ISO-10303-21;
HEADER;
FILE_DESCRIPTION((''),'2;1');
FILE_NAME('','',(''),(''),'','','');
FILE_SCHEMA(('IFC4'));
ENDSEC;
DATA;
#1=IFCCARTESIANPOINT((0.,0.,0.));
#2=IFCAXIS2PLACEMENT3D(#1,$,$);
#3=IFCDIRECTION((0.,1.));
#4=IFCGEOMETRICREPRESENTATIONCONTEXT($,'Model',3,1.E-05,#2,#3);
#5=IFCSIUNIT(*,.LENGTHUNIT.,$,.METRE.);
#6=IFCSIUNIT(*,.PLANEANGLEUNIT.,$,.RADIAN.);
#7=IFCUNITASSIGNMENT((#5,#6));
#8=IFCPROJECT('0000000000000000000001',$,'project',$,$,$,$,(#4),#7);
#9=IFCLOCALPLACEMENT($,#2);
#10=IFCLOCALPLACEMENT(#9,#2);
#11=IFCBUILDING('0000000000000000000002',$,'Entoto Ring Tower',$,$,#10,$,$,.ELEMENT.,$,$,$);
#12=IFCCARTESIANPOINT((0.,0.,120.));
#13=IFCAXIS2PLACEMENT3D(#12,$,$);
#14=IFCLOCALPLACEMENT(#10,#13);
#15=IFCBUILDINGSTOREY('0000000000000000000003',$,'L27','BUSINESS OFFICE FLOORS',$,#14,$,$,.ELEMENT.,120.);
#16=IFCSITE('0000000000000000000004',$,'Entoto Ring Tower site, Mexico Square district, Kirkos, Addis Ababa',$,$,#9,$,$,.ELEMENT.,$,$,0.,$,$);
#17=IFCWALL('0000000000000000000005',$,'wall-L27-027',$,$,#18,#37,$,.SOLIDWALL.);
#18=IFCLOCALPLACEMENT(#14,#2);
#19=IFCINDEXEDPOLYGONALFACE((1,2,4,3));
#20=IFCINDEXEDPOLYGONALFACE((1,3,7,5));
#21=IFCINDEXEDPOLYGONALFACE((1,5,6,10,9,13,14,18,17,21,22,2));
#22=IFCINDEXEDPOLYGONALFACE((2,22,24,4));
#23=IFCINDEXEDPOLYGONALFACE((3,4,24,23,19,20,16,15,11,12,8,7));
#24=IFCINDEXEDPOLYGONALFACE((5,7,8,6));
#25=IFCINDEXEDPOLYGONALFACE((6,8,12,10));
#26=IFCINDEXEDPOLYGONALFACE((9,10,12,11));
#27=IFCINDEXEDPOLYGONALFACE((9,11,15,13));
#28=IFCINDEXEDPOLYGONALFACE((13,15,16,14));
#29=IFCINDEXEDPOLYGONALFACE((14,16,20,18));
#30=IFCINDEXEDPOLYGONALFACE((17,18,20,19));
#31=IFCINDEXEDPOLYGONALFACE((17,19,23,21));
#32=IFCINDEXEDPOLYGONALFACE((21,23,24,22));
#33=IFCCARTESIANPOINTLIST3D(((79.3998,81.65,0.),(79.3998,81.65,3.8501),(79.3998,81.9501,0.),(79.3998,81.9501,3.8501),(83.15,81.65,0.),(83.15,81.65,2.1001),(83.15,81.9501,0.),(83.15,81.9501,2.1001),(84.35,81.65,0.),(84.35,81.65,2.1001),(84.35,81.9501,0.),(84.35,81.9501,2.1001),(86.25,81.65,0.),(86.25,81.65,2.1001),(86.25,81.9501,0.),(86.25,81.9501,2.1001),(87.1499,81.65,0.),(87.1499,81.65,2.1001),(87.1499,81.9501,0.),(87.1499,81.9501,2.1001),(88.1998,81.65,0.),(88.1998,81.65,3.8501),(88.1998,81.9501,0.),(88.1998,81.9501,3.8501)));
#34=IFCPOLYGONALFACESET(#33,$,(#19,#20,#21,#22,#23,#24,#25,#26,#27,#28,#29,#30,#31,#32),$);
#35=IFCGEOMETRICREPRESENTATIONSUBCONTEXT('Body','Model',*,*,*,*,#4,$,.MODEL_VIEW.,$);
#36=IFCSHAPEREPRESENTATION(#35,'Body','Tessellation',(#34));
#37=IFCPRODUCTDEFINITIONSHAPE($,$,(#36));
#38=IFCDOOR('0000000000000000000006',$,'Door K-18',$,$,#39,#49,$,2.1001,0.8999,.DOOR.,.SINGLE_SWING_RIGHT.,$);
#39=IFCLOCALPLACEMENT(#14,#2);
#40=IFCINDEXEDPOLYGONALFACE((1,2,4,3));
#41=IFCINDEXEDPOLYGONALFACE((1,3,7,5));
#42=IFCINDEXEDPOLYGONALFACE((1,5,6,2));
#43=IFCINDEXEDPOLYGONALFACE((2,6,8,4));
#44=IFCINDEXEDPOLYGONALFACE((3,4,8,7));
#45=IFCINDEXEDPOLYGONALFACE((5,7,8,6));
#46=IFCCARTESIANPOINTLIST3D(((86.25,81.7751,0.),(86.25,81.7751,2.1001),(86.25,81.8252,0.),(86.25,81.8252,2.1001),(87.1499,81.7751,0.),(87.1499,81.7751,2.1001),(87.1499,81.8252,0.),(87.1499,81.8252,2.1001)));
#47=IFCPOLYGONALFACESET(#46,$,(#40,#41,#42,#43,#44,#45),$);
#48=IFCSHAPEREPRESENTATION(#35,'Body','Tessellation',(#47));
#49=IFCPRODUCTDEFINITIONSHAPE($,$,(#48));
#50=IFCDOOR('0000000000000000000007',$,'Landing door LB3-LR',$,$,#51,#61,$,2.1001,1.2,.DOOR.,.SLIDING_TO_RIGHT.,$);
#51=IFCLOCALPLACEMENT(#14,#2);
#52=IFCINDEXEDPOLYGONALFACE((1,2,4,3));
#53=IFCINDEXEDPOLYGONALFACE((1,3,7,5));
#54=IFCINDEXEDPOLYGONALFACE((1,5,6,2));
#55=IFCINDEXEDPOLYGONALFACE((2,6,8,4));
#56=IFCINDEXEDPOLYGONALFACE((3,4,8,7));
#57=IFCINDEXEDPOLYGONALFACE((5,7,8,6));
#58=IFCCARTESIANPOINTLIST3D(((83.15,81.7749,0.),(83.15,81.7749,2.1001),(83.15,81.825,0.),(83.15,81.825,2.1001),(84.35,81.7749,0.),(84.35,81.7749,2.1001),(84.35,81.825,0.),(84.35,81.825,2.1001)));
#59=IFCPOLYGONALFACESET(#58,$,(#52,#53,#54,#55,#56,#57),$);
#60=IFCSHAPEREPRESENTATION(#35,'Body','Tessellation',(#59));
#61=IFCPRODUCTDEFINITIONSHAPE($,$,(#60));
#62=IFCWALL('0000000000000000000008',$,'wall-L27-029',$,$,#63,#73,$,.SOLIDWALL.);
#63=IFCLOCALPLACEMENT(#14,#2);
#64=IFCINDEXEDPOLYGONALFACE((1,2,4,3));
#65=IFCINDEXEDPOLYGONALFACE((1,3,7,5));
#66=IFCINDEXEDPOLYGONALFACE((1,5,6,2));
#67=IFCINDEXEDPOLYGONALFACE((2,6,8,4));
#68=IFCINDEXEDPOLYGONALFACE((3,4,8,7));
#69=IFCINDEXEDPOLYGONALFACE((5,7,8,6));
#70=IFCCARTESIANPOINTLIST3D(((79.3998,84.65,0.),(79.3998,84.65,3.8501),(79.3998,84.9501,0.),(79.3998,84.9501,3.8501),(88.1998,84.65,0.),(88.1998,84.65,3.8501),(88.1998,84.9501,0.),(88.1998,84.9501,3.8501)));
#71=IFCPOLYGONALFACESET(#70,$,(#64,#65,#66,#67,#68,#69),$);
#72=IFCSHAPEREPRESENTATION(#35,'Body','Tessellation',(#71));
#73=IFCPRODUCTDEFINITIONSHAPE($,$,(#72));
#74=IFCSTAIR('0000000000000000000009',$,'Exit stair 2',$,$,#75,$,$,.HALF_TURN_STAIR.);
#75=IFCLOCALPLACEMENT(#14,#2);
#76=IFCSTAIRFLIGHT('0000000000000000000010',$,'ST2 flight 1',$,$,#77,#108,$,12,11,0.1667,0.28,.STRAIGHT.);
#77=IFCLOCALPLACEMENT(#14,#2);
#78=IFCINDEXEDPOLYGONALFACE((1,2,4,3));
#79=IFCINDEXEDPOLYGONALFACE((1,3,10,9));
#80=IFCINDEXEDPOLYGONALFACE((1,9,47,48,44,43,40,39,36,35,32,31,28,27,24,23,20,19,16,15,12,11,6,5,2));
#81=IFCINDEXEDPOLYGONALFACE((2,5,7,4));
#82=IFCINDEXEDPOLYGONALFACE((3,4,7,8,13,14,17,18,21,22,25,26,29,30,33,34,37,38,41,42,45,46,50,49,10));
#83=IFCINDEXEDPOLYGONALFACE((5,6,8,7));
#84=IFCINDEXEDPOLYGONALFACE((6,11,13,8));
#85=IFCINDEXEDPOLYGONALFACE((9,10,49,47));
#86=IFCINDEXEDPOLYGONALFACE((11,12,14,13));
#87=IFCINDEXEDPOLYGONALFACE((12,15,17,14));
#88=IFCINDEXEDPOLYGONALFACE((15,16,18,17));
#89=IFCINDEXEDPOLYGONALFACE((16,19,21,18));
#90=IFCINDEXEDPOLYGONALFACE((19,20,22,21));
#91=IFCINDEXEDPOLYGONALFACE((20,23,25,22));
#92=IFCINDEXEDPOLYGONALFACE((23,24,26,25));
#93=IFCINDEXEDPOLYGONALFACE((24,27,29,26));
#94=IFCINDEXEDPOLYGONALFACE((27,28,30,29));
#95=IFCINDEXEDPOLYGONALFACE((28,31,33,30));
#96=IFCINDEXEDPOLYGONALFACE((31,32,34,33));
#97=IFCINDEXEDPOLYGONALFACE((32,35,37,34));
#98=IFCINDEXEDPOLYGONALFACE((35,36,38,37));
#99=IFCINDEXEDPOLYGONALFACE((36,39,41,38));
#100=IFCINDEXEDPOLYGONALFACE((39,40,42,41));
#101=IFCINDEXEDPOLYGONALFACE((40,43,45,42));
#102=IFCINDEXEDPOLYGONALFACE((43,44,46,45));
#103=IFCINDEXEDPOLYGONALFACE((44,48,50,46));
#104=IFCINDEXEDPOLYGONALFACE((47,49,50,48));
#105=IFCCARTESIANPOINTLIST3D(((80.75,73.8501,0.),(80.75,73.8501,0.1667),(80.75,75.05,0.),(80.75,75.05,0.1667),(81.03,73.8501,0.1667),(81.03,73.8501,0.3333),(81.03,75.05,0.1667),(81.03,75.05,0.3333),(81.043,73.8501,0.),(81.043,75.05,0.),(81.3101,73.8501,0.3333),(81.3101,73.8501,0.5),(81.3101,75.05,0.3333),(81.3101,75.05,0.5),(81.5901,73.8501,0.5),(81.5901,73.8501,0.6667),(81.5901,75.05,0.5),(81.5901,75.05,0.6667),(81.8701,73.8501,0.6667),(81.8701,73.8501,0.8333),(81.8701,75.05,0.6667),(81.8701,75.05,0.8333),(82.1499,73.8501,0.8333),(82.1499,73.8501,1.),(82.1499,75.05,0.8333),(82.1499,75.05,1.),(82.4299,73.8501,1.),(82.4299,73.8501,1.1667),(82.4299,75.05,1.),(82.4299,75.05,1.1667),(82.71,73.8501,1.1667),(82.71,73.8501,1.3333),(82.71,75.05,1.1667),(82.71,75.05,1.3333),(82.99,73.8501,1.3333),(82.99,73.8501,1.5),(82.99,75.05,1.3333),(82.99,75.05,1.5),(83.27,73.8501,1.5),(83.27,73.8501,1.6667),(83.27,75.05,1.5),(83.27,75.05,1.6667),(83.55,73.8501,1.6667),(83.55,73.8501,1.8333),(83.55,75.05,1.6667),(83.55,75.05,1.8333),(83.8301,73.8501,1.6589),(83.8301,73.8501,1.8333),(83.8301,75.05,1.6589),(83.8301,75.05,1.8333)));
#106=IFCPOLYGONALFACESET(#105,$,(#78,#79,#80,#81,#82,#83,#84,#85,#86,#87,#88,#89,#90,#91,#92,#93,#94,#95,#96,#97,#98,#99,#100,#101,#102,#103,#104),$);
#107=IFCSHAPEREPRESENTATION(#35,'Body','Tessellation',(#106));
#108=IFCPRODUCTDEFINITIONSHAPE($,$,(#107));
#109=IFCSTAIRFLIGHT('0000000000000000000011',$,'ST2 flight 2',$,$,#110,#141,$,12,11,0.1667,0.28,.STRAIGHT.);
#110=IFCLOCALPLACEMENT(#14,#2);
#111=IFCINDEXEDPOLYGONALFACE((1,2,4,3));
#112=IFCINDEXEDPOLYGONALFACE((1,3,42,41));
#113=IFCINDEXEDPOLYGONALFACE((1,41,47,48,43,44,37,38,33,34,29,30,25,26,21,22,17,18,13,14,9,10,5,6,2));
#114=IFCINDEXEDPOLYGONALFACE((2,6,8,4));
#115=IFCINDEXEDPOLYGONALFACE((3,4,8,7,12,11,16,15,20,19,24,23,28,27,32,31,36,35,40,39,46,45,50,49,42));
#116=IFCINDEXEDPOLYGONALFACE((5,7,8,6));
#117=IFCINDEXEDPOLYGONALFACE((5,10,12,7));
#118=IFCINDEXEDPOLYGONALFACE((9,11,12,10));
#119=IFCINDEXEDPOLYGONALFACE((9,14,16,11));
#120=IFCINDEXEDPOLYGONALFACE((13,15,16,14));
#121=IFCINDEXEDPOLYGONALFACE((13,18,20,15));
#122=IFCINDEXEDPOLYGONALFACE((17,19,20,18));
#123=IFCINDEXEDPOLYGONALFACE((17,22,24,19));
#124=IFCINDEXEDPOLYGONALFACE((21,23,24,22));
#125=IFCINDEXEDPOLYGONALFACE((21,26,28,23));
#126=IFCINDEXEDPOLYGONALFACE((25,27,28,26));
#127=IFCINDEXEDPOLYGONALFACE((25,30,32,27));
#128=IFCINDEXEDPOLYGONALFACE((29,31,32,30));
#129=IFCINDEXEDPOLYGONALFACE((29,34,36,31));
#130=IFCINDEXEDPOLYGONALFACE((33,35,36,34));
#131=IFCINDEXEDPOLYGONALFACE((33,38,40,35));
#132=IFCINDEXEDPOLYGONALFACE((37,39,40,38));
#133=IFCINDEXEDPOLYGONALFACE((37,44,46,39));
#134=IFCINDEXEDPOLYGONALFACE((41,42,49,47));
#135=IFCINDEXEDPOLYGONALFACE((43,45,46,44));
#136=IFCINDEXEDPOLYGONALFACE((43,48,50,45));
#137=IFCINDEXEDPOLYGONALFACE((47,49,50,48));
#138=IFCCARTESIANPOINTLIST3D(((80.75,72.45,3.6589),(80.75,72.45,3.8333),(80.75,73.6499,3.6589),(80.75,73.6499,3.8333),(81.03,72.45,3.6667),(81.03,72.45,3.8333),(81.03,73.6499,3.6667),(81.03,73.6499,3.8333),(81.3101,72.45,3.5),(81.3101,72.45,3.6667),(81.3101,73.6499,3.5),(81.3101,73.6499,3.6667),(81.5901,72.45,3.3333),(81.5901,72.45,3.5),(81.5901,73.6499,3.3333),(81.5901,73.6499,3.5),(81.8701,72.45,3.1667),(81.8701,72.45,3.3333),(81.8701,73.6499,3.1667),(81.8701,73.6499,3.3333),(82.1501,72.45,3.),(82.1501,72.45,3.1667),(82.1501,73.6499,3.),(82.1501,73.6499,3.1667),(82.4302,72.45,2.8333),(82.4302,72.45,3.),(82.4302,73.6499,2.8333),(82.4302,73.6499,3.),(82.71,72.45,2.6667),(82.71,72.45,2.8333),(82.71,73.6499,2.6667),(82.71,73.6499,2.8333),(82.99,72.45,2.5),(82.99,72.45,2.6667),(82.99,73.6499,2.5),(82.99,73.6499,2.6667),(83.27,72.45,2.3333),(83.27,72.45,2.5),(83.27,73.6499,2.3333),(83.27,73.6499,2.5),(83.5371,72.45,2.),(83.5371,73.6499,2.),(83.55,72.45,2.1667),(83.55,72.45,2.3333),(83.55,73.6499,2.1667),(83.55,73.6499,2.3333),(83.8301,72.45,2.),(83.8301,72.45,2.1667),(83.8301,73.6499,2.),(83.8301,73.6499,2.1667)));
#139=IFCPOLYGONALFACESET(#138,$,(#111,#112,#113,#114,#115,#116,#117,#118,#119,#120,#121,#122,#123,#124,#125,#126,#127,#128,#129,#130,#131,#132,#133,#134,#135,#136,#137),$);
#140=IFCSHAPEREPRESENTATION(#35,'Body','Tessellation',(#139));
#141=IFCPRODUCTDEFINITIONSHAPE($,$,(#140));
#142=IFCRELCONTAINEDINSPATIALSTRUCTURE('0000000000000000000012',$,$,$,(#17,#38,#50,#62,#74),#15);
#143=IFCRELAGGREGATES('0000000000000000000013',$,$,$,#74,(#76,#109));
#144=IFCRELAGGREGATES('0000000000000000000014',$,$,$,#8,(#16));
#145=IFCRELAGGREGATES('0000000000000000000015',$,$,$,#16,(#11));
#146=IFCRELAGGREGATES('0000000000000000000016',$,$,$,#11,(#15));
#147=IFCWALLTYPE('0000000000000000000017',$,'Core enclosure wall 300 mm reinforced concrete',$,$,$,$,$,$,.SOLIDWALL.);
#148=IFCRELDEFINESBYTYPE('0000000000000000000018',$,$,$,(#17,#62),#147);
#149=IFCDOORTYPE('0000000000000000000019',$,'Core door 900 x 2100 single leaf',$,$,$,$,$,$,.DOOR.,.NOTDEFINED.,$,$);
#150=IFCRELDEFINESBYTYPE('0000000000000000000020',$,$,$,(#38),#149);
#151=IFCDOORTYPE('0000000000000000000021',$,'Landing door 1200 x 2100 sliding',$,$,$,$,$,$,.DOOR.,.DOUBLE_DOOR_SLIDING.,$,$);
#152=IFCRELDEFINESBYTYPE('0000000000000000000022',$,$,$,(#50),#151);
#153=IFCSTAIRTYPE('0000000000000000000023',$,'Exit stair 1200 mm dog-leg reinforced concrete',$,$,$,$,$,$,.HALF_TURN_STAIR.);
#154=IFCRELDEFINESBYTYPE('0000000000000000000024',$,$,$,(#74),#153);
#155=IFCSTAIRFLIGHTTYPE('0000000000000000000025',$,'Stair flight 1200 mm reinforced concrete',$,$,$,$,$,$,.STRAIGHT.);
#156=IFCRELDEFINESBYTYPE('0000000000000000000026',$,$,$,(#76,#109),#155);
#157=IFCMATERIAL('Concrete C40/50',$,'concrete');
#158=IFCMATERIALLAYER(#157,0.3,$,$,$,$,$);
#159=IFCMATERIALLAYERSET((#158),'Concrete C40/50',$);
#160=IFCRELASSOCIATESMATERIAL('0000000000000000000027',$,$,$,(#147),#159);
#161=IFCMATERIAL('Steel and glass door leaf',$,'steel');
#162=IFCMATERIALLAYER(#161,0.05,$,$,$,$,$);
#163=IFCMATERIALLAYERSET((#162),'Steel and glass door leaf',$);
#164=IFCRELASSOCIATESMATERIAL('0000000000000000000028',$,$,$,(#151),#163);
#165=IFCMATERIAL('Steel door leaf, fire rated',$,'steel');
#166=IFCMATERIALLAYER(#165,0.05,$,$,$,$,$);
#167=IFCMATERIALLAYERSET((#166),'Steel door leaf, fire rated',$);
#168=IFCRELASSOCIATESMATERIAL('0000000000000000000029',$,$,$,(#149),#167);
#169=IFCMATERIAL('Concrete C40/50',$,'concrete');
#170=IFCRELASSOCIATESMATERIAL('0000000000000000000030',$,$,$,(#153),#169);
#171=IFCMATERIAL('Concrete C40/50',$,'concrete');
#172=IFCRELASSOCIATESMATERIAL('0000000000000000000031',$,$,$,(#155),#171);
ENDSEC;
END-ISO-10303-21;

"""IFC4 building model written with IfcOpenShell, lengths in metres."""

from ifc_helpers import new_model, si_unit, direction, frame, frame_2d, origin, place, context, subcontext, project, spatial, polyline, rectangle, outline, extrude, material, layer, layer_set, type_object, element, fill, aggregate, save


model = new_model("IFC4")

# Units and contexts
model_context = context("Model", 3, precision=1e-05, world=origin(), true_north=direction((0.0, 1.0)))
body_context = subcontext(model_context, "Body", "Model", "MODEL_VIEW")
ifc_project = project(units=[si_unit("LENGTHUNIT", "METRE"), si_unit("PLANEANGLEUNIT", "RADIAN")], contexts=[model_context])

# Site, building, storey
site_placement = place(None, origin())
site = spatial("IfcSite", under=ifc_project, at=site_placement, Name="Entoto Ring Tower site, Mexico Square district, Kirkos, Addis Ababa", CompositionType="ELEMENT", RefElevation=0.0)
building_placement = place(site_placement, origin())
building = spatial("IfcBuilding", under=site, at=building_placement, Name="Entoto Ring Tower", CompositionType="ELEMENT")
storey_placement = place(building_placement, frame((0.0, 0.0, 120.0)))
storey = spatial("IfcBuildingStorey", under=building, at=storey_placement, Name="L27", Description="BUSINESS OFFICE FLOORS", CompositionType="ELEMENT", Elevation=120.0)

# Shared definitions
ifc_material_1 = material(Name="Concrete C40/50", Category="concrete")
ifc_layer_1 = layer(ifc_material_1, 0.3)
ifc_layer_set_1 = layer_set([ifc_layer_1], Name="Concrete C40/50")
wall_type = type_object("IfcWallType", Name="Core enclosure wall 300 mm reinforced concrete", PredefinedType="SOLIDWALL", material=ifc_layer_set_1)
ifc_material_2 = material(Name="Steel and glass door leaf", Category="steel")
ifc_layer_2 = layer(ifc_material_2, 0.05)
ifc_layer_set_2 = layer_set([ifc_layer_2], Name="Steel and glass door leaf")
door_type_1 = type_object("IfcDoorType", Name="Landing door 1200 x 2100 sliding", OperationType="DOUBLE_DOOR_SLIDING", PredefinedType="DOOR", material=ifc_layer_set_2)

# Wall, openings, doors
wall_1_placement = place(storey_placement, frame((79.3999, 81.8, 0.0), z_axis=(0.0, 0.0, 1.0), x_axis=(1.0, 0.0, 0.0)))
wall_1 = element("IfcWall", 1, at=wall_1_placement, inside=storey, type_object=wall_type, Name="wall-L27-027", PredefinedType="SOLIDWALL", context=body_context, shape_type="SweptSolid", body=[
    extrude(rectangle(XDim=8.8, YDim=0.3, at=frame_2d((4.3999, 0.0))), origin(), (0.0, 0.0, 1.0), 3.8501),
])
opening_1_placement = place(wall_1_placement, frame((3.75, 0.0, 0.0)))
opening_1 = element("IfcOpeningElement", 2, at=opening_1_placement, cuts=wall_1, PredefinedType="OPENING", context=body_context, shape_type="SweptSolid", body=[
    extrude(rectangle(XDim=1.2, YDim=2.1001, at=frame_2d((0.6001, 1.05))), frame((0.0, 0.1602, 0.0), z_axis=(0.0, -1.0, 0.0), x_axis=(1.0, 0.0, 0.0)), (0.0, 0.0, 1.0), 0.3201),
])
opening_2_placement = place(wall_1_placement, frame((6.8501, 0.0, 0.0)))
opening_2 = element("IfcOpeningElement", 3, at=opening_2_placement, cuts=wall_1, PredefinedType="OPENING", context=body_context, shape_type="SweptSolid", body=[
    extrude(rectangle(XDim=0.8999, YDim=2.1001, at=frame_2d((0.45, 1.05))), frame((0.0, 0.1602, 0.0), z_axis=(0.0, -1.0, 0.0), x_axis=(1.0, 0.0, 0.0)), (0.0, 0.0, 1.0), 0.3201),
])
ifc_material_3 = material(Name="Steel door leaf, fire rated", Category="steel")
ifc_layer_3 = layer(ifc_material_3, 0.05)
ifc_layer_set_3 = layer_set([ifc_layer_3], Name="Steel door leaf, fire rated")
door_type_2 = type_object("IfcDoorType", Name="Core door 900 x 2100 single leaf", OperationType="NOTDEFINED", PredefinedType="DOOR", material=ifc_layer_set_3)
door_1_placement = place(opening_2_placement, frame((0.8999, 0.0, 0.0), z_axis=(0.0, 0.0, 1.0), x_axis=(-1.0, 0.0, 0.0)))
door_1 = element("IfcDoor", 4, at=door_1_placement, inside=storey, type_object=door_type_2, Name="Door K-18", OperationType="SINGLE_SWING_RIGHT", OverallHeight=2.1001, OverallWidth=0.8999, PredefinedType="DOOR", context=body_context, shape_type="SweptSolid", body=[
    extrude(rectangle(XDim=0.8999, YDim=2.1001, at=frame_2d((0.45, 1.05))), frame((0.0, 0.0249, 0.0), z_axis=(0.0, -1.0, 0.0), x_axis=(1.0, 0.0, 0.0)), (0.0, 0.0, 1.0), 0.05),
])
fill(opening_2, door_1)
door_2_placement = place(opening_1_placement, origin())
door_2 = element("IfcDoor", 5, at=door_2_placement, inside=storey, type_object=door_type_1, Name="Landing door LB3-LR", OperationType="SLIDING_TO_RIGHT", OverallHeight=2.1001, OverallWidth=1.2, PredefinedType="DOOR", context=body_context, shape_type="SweptSolid", body=[
    extrude(rectangle(XDim=1.2, YDim=2.1001, at=frame_2d((0.6001, 1.05))), frame((0.0, 0.0249, 0.0), z_axis=(0.0, -1.0, 0.0), x_axis=(1.0, 0.0, 0.0)), (0.0, 0.0, 1.0), 0.05),
])
fill(opening_1, door_2)

# Wall
wall_2_placement = place(storey_placement, frame((79.3999, 84.8, 0.0), z_axis=(0.0, 0.0, 1.0), x_axis=(1.0, 0.0, 0.0)))
element("IfcWall", 6, at=wall_2_placement, inside=storey, type_object=wall_type, Name="wall-L27-029", PredefinedType="SOLIDWALL", context=body_context, shape_type="SweptSolid", body=[
    extrude(rectangle(XDim=8.8, YDim=0.3, at=frame_2d((4.3999, 0.0))), origin(), (0.0, 0.0, 1.0), 3.8501),
])

# Stair, stair flights
ifc_material_4 = material(Name="Concrete C40/50", Category="concrete")
stair_type = type_object("IfcStairType", Name="Exit stair 1200 mm dog-leg reinforced concrete", PredefinedType="HALF_TURN_STAIR", material=ifc_material_4)
stair_placement = place(storey_placement, origin())
stair = element("IfcStair", 7, at=stair_placement, inside=storey, type_object=stair_type, Name="Exit stair 2", PredefinedType="HALF_TURN_STAIR")
ifc_material_5 = material(Name="Concrete C40/50", Category="concrete")
stair_flight_type = type_object("IfcStairFlightType", Name="Stair flight 1200 mm reinforced concrete", PredefinedType="STRAIGHT", material=ifc_material_5)
stair_flight_1_placement = place(storey_placement, frame((80.75, 74.45, 0.0), z_axis=(0.0, 0.0, 1.0), x_axis=(1.0, 0.0, 0.0)))
stair_flight_1 = element("IfcStairFlight", 8, at=stair_flight_1_placement, type_object=stair_flight_type, Name="ST2 flight 1", NumberOfRisers=12, NumberOfTreads=11, PredefinedType="STRAIGHT", RiserHeight=0.1667, TreadLength=0.28, context=body_context, shape_type="SweptSolid", body=[
    extrude(outline(polyline([(0.0, 0.0), (0.0, 0.1667), (0.28, 0.1667), (0.28, 0.3333), (0.5601, 0.3333), (0.5601, 0.5), (0.8401, 0.5), (0.8401, 0.6667), (1.1201, 0.6667), (1.1201, 0.8333), (1.3999, 0.8333), (1.3999, 1.0), (1.6799, 1.0), (1.6799, 1.1667), (1.96, 1.1667), (1.96, 1.3333), (2.24, 1.3333), (2.24, 1.5), (2.52, 1.5), (2.52, 1.6667), (2.8, 1.6667), (2.8, 1.8333), (3.0801, 1.8333), (3.0801, 2.0), (3.0801, 1.6589), (0.293, 0.0), (0.0, 0.0)])), frame((0.0, 0.6001, 0.0), z_axis=(0.0, -1.0, 0.0), x_axis=(1.0, 0.0, 0.0)), (0.0, 0.0, 1.0), 1.2),
])
stair_flight_2_placement = place(storey_placement, frame((83.8301, 73.05, 2.0), z_axis=(0.0, 0.0, 1.0), x_axis=(-1.0, 0.0, 0.0)))
stair_flight_2 = element("IfcStairFlight", 9, at=stair_flight_2_placement, type_object=stair_flight_type, Name="ST2 flight 2", NumberOfRisers=12, NumberOfTreads=11, PredefinedType="STRAIGHT", RiserHeight=0.1667, TreadLength=0.28, context=body_context, shape_type="SweptSolid", body=[
    extrude(outline(polyline([(0.0, 0.0), (0.0, 0.1667), (0.28, 0.1667), (0.28, 0.3333), (0.5601, 0.3333), (0.5601, 0.5), (0.8401, 0.5), (0.8401, 0.6667), (1.1201, 0.6667), (1.1201, 0.8333), (1.3999, 0.8333), (1.3999, 1.0), (1.6799, 1.0), (1.6799, 1.1667), (1.96, 1.1667), (1.96, 1.3333), (2.24, 1.3333), (2.24, 1.5), (2.52, 1.5), (2.52, 1.6667), (2.8, 1.6667), (2.8, 1.8333), (3.0801, 1.8333), (3.0801, 2.0), (3.0801, 1.6589), (0.293, 0.0), (0.0, 0.0)])), frame((0.0, 0.6001, 0.0), z_axis=(0.0, -1.0, 0.0), x_axis=(1.0, 0.0, 0.0)), (0.0, 0.0, 1.0), 1.2),
])
aggregate(stair, [stair_flight_1, stair_flight_2])

save(model, "model.ifc")
